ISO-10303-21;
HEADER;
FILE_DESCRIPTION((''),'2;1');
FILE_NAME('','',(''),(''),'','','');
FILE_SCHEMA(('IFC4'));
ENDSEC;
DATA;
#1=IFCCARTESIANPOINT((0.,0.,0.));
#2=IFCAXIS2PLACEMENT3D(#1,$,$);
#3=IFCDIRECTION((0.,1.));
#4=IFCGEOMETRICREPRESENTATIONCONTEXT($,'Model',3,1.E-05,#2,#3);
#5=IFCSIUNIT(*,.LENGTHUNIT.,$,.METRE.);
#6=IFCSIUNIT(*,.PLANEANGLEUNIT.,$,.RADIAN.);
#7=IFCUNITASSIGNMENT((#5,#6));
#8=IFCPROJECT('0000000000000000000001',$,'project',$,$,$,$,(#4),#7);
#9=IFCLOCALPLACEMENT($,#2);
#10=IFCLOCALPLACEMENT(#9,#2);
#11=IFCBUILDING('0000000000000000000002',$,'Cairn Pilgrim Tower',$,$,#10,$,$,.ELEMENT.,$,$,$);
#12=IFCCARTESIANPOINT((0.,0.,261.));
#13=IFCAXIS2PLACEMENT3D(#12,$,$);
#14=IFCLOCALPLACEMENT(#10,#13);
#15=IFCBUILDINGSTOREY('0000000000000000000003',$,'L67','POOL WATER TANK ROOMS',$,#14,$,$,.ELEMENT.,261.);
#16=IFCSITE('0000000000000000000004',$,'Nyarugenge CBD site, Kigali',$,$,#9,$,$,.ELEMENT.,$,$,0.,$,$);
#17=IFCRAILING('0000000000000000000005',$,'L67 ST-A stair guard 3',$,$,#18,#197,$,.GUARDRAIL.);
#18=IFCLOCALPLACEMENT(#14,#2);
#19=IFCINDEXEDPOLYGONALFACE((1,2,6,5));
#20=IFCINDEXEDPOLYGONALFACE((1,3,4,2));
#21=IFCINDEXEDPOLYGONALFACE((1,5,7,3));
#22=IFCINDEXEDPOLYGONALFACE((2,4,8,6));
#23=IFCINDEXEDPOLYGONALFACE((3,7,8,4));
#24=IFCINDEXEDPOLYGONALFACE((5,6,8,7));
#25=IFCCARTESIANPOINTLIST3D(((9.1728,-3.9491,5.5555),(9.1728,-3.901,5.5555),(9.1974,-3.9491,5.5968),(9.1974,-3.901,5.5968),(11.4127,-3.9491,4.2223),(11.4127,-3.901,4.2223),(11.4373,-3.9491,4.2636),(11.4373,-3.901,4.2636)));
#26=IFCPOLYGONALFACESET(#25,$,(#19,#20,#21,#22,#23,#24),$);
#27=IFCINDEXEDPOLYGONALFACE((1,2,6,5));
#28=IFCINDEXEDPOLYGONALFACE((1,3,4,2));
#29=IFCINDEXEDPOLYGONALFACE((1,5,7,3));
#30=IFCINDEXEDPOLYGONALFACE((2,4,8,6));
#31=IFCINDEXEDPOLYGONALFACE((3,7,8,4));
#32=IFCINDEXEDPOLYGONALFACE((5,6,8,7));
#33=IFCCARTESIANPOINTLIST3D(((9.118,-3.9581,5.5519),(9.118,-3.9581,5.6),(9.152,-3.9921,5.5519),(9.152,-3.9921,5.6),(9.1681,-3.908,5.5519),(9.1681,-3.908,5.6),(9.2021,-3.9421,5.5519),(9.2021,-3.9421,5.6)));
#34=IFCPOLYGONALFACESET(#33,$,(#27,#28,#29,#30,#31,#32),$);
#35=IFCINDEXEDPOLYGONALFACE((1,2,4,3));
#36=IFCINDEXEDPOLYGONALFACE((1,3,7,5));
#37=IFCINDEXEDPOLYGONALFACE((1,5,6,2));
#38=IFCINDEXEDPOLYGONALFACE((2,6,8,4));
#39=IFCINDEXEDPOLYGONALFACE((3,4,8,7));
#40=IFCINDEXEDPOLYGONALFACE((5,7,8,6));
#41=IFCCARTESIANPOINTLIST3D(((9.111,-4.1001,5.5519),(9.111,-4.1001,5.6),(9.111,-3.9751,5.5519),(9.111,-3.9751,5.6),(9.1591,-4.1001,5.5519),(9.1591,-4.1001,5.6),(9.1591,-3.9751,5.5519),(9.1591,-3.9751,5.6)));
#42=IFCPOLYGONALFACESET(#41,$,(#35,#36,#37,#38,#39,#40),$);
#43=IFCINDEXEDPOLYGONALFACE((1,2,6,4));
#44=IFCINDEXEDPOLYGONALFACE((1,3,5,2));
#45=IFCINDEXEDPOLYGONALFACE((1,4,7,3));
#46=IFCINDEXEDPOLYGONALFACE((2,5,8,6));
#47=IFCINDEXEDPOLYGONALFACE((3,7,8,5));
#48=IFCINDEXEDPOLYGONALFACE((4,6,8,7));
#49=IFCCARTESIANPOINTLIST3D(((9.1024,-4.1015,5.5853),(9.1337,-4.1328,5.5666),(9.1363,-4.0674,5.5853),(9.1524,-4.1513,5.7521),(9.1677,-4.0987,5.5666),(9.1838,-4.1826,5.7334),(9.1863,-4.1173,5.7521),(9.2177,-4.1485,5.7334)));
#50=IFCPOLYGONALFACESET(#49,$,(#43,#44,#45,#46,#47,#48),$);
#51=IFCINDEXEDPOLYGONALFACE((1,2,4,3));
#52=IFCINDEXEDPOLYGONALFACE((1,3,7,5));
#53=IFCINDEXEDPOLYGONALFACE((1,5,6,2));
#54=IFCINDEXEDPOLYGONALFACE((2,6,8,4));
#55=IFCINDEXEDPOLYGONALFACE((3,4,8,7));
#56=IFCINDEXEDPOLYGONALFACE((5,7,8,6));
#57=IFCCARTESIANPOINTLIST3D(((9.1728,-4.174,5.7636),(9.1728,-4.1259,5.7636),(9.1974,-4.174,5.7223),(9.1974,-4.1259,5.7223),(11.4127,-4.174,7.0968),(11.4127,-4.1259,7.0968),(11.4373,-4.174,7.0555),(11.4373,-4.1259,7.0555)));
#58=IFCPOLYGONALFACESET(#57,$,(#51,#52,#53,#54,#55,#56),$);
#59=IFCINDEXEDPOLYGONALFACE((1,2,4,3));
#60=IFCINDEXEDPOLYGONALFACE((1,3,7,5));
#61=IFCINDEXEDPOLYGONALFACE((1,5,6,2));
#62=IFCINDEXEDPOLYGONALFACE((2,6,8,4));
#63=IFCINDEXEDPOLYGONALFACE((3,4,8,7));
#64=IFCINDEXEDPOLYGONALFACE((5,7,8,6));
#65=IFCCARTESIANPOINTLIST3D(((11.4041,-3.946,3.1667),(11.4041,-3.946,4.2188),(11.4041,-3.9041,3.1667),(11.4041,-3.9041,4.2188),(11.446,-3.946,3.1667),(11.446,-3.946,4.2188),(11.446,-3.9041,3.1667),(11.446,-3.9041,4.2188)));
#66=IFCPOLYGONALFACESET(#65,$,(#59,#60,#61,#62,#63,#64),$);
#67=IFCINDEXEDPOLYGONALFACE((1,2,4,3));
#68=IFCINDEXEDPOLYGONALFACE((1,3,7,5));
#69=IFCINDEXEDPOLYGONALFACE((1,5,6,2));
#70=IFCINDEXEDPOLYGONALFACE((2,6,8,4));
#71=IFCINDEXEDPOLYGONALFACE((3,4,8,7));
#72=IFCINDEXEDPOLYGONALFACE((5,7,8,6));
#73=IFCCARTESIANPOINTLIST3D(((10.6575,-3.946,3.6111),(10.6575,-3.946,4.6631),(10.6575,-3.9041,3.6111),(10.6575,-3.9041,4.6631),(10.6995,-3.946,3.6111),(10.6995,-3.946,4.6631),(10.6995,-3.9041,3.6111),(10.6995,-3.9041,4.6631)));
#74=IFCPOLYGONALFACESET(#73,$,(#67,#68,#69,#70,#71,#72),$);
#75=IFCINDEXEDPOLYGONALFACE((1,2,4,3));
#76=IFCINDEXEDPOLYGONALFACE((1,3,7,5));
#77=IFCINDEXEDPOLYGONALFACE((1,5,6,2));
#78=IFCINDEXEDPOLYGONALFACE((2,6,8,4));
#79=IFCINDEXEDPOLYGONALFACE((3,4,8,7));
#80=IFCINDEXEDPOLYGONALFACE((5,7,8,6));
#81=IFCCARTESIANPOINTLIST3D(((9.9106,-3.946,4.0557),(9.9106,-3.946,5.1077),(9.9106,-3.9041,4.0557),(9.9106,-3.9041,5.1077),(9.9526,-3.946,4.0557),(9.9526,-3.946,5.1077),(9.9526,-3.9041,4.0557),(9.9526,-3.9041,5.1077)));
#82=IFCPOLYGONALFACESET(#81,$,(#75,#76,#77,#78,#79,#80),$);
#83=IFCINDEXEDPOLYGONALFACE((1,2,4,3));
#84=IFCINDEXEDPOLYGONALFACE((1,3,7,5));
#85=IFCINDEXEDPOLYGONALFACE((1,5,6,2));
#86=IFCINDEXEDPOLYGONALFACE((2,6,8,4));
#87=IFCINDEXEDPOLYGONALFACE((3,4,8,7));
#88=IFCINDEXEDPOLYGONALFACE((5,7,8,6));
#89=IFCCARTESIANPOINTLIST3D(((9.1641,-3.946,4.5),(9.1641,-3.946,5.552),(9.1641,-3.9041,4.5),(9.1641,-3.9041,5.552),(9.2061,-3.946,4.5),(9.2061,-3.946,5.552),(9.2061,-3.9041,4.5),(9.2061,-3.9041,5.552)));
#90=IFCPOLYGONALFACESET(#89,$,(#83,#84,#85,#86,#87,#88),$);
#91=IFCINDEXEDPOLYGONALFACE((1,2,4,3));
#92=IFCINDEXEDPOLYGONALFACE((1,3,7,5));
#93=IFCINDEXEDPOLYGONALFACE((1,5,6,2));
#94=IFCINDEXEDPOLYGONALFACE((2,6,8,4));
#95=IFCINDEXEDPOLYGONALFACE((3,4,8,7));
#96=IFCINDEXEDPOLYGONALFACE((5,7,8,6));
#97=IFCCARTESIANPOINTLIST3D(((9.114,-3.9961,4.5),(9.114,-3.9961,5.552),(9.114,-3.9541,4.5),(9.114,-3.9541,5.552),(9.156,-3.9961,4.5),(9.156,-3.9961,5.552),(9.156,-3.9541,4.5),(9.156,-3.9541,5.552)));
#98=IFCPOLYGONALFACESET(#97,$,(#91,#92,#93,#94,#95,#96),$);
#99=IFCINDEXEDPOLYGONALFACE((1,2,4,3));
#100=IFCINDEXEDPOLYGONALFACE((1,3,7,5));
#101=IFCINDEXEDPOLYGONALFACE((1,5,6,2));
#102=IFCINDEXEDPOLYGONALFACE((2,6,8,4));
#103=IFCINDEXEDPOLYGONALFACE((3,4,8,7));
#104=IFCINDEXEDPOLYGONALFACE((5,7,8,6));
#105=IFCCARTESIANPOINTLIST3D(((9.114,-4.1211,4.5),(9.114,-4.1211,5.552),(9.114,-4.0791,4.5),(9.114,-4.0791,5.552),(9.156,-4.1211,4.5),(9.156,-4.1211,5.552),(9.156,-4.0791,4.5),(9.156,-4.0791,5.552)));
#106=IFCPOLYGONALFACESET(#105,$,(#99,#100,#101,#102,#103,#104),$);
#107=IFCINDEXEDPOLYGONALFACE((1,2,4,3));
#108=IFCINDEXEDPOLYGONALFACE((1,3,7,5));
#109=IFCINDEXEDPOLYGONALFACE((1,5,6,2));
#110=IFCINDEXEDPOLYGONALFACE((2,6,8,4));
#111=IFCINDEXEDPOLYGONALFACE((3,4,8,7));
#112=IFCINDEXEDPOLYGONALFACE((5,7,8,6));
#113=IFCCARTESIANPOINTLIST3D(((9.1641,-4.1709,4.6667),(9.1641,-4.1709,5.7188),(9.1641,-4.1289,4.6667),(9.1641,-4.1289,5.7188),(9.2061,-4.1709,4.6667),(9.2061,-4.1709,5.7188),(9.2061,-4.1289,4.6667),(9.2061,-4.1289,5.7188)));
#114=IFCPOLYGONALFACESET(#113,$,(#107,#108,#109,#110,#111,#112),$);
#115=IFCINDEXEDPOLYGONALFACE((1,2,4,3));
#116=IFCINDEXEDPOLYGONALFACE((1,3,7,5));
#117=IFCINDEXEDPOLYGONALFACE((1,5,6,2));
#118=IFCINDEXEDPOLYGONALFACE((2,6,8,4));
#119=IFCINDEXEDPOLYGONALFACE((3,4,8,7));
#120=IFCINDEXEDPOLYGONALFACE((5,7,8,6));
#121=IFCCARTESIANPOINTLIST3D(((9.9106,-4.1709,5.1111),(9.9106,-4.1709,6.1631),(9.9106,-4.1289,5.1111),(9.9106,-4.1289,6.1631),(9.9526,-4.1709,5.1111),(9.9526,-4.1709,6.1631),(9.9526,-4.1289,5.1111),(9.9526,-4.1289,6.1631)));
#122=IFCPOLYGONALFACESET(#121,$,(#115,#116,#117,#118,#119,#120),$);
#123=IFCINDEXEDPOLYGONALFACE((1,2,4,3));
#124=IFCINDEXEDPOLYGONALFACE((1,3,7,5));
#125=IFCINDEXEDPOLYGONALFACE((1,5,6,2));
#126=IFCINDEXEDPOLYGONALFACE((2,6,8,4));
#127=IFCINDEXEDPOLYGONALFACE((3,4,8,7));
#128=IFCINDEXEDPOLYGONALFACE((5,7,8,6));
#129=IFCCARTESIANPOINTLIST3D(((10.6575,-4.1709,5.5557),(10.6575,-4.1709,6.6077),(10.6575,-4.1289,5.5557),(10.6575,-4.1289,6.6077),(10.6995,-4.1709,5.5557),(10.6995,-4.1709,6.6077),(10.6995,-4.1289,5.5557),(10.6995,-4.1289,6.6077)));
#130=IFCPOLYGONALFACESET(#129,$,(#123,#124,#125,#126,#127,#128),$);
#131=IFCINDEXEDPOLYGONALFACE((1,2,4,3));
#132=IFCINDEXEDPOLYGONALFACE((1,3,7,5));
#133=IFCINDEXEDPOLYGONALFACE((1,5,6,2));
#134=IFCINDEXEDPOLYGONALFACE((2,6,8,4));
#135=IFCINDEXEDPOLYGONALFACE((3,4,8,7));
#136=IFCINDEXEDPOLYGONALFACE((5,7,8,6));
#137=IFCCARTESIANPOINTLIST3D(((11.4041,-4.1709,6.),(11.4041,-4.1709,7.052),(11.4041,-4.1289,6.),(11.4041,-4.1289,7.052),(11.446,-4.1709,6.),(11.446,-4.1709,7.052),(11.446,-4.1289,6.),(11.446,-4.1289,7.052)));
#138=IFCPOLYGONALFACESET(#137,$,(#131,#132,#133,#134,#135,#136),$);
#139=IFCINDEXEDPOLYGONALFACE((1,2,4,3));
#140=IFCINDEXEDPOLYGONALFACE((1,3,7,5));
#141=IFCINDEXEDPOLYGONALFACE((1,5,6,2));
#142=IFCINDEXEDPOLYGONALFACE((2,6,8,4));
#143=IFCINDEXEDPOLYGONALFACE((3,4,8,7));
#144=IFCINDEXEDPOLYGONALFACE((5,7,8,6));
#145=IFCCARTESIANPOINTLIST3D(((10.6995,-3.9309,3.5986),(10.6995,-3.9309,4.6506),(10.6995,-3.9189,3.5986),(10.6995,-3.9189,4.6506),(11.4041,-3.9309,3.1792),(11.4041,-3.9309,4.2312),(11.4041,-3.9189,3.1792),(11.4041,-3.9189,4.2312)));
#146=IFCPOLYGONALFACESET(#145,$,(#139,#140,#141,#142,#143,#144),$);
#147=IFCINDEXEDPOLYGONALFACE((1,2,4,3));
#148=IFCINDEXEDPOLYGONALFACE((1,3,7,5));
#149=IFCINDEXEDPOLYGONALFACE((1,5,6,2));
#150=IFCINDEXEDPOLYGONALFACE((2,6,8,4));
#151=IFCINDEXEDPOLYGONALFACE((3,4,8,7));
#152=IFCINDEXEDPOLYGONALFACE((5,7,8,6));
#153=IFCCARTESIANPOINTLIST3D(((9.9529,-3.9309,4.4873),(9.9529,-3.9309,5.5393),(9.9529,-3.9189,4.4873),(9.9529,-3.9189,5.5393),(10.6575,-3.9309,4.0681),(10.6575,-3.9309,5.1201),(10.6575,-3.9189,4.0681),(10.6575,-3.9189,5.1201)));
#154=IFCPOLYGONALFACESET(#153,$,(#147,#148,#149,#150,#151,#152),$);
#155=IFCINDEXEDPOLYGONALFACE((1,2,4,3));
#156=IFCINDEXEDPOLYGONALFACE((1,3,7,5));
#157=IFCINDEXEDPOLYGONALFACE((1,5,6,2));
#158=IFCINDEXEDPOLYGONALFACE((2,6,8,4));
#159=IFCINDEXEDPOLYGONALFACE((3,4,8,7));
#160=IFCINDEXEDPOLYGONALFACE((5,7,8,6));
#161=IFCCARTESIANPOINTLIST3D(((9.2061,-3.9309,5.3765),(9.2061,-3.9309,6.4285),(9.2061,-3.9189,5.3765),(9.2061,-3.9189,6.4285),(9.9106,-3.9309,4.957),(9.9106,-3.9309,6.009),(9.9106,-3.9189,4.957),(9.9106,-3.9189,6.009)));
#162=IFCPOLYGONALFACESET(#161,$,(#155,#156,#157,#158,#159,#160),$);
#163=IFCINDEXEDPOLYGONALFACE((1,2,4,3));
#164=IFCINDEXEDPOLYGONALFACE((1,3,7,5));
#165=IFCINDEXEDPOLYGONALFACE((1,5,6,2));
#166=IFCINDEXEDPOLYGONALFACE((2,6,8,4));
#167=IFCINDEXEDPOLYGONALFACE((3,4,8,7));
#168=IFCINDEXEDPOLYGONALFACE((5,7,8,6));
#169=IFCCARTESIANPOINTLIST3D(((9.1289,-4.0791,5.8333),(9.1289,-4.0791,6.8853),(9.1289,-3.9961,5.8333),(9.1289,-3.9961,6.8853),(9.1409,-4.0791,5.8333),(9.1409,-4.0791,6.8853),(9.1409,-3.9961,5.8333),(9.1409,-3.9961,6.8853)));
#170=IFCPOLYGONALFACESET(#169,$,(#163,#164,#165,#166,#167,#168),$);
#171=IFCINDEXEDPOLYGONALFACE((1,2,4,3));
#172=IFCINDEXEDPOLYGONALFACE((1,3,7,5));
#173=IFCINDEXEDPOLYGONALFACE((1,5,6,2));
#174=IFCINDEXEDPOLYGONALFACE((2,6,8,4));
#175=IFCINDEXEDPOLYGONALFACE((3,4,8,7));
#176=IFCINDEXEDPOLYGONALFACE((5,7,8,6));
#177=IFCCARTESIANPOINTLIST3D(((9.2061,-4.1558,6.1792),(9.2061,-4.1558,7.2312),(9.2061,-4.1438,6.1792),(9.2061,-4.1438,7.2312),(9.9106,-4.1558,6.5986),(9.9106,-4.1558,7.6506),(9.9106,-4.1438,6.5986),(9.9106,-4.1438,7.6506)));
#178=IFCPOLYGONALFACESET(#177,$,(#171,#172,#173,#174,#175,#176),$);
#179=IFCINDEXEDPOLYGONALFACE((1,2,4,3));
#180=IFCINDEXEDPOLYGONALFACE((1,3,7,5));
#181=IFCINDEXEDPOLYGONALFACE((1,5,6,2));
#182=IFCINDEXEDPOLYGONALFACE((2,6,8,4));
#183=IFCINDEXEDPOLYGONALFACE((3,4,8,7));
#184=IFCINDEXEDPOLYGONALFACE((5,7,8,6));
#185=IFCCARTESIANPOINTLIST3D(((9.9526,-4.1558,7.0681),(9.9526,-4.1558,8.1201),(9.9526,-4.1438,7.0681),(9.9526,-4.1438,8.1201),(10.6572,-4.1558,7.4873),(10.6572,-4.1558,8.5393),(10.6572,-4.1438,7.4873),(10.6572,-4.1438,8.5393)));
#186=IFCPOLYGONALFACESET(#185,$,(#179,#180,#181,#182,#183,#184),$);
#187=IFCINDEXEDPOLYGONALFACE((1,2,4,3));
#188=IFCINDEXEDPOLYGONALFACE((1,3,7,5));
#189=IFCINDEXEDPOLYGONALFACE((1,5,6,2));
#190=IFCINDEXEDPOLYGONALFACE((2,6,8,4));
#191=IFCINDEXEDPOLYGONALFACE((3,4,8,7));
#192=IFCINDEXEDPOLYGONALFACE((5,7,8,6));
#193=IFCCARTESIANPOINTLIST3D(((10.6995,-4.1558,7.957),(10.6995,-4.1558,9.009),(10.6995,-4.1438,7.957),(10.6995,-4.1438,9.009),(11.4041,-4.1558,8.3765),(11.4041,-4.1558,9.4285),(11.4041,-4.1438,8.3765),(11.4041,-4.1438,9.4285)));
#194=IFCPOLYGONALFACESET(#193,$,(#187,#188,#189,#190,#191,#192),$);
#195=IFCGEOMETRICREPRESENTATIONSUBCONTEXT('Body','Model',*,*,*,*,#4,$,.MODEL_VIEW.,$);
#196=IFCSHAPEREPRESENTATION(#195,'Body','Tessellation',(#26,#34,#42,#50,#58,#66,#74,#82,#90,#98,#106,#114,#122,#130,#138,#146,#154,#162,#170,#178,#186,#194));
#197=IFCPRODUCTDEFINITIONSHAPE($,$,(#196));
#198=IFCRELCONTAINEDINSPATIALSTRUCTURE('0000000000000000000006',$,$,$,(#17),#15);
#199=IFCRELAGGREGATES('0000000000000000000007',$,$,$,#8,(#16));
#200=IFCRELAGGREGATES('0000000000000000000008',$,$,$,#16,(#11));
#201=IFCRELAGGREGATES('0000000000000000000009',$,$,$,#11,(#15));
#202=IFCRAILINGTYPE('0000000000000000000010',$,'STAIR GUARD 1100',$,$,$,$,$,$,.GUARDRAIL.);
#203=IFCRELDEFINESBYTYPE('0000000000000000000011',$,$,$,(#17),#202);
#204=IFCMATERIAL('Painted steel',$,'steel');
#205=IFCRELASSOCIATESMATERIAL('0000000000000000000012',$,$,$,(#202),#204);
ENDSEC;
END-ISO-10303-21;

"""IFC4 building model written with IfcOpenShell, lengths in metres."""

from ifc_helpers import new_model, si_unit, direction, frame, origin, origin_2d, place, context, subcontext, project, spatial, polyline, rectangle, outline, extrude, material, type_object, element, save


model = new_model("IFC4")

# Units and contexts
model_context = context("Model", 3, precision=1e-05, world=origin(), true_north=direction((0.0, 1.0)))
body_context = subcontext(model_context, "Body", "Model", "MODEL_VIEW")
ifc_project = project(units=[si_unit("LENGTHUNIT", "METRE"), si_unit("PLANEANGLEUNIT", "RADIAN")], contexts=[model_context])

# Site, building, storey
site_placement = place(None, origin())
site = spatial("IfcSite", under=ifc_project, at=site_placement, Name="Nyarugenge CBD site, Kigali", CompositionType="ELEMENT", RefElevation=0.0)
building_placement = place(site_placement, origin())
building = spatial("IfcBuilding", under=site, at=building_placement, Name="Cairn Pilgrim Tower", CompositionType="ELEMENT")
storey_placement = place(building_placement, frame((0.0, 0.0, 261.0)))
storey = spatial("IfcBuildingStorey", under=building, at=storey_placement, Name="L67", Description="POOL WATER TANK ROOMS", CompositionType="ELEMENT", Elevation=261.0)

# Shared definitions
ifc_material_1 = material(Name="Painted steel", Category="steel")

# Railing
railing_type_1 = type_object("IfcRailingType", Name="STAIR GUARD 1100", PredefinedType="GUARDRAIL", material=ifc_material_1)
railing_1_placement = place(storey_placement, frame((11.425, -3.925, 3.1667)))
element("IfcRailing", 1, at=railing_1_placement, inside=storey, type_object=railing_type_1, Name="L67 ST-A stair guard 3", PredefinedType="GUARDRAIL", context=body_context, shape_type="SweptSolid", body=[
    extrude(rectangle(XDim=0.0481, YDim=0.0481, at=origin_2d()), frame((0.0, 0.0, 1.0762), z_axis=(-0.859306, 0.0, 0.511462), x_axis=(0.0, -1.0, 0.0)), (0.0, 0.0, 1.0), 2.6067),
    extrude(rectangle(XDim=0.0481, YDim=0.0481, at=origin_2d()), frame((-2.24, 0.0, 2.4092), z_axis=(-0.707107, -0.707107, 0.0), x_axis=(0.707107, -0.707107, 0.0)), (0.0, 0.0, 1.0), 0.0708),
    extrude(rectangle(XDim=0.0481, YDim=0.0481, at=origin_2d()), frame((-2.29, -0.05, 2.4092), z_axis=(0.0, -1.0, 0.0), x_axis=(1.0, 0.0, 0.0)), (0.0, 0.0, 1.0), 0.125),
    extrude(rectangle(XDim=0.0481, YDim=0.0481, at=origin_2d()), frame((-2.29, -0.175, 2.4092), z_axis=(0.276389, -0.275041, 0.920848), x_axis=(0.705376, 0.708834, 0.0)), (0.0, 0.0, 1.0), 0.1812),
    extrude(rectangle(XDim=0.0481, YDim=0.0481, at=origin_2d()), frame((-2.24, -0.2249, 2.5762), z_axis=(0.859306, 0.0, 0.511462), x_axis=(0.0, 1.0, 0.0)), (0.0, 0.0, 1.0), 2.6067),
    extrude(rectangle(XDim=0.042, YDim=0.042, at=origin_2d()), origin(), (0.0, 0.0, 1.0), 1.052),
    extrude(rectangle(XDim=0.042, YDim=0.042, at=origin_2d()), frame((-0.7466, 0.0, 0.4443)), (0.0, 0.0, 1.0), 1.052),
    extrude(rectangle(XDim=0.042, YDim=0.042, at=origin_2d()), frame((-1.4934, 0.0, 0.8889)), (0.0, 0.0, 1.0), 1.052),
    extrude(rectangle(XDim=0.042, YDim=0.042, at=origin_2d()), frame((-2.24, 0.0, 1.3333)), (0.0, 0.0, 1.0), 1.052),
    extrude(rectangle(XDim=0.042, YDim=0.042, at=origin_2d()), frame((-2.29, -0.05, 1.3333)), (0.0, 0.0, 1.0), 1.052),
    extrude(rectangle(XDim=0.042, YDim=0.042, at=origin_2d()), frame((-2.29, -0.175, 1.3333)), (0.0, 0.0, 1.0), 1.052),
    extrude(rectangle(XDim=0.042, YDim=0.042, at=origin_2d()), frame((-2.24, -0.2249, 1.5)), (0.0, 0.0, 1.0), 1.052),
    extrude(rectangle(XDim=0.042, YDim=0.042, at=origin_2d()), frame((-1.4934, -0.2249, 1.9443)), (0.0, 0.0, 1.0), 1.052),
    extrude(rectangle(XDim=0.042, YDim=0.042, at=origin_2d()), frame((-0.7466, -0.2249, 2.3889)), (0.0, 0.0, 1.0), 1.052),
    extrude(rectangle(XDim=0.042, YDim=0.042, at=origin_2d()), frame((0.0, -0.2249, 2.8333)), (0.0, 0.0, 1.0), 1.052),
    extrude(outline(polyline([(0.021, 0.0125), (0.7256, 0.4319), (0.7256, 1.4839), (0.021, 1.0645), (0.021, 0.0125)])), frame((0.0, -0.0059, 0.0), z_axis=(0.0, 1.0, 0.0), x_axis=(-1.0, 0.0, 0.0)), (0.0, 0.0, 1.0), 0.012),
    extrude(outline(polyline([(0.021, 0.457), (0.7256, 0.8762), (0.7256, 1.9282), (0.021, 1.509), (0.021, 0.457)])), frame((-0.7466, -0.0059, 0.4443), z_axis=(0.0, 1.0, 0.0), x_axis=(-1.0, 0.0, 0.0)), (0.0, 0.0, 1.0), 0.012),
    extrude(outline(polyline([(0.021, 0.9014), (0.7256, 1.3208), (0.7256, 2.3728), (0.021, 1.9534), (0.021, 0.9014)])), frame((-1.4934, -0.0059, 0.8889), z_axis=(0.0, 1.0, 0.0), x_axis=(-1.0, 0.0, 0.0)), (0.0, 0.0, 1.0), 0.012),
    extrude(outline(polyline([(0.021, 1.3333), (0.104, 1.3333), (0.104, 2.3853), (0.021, 2.3853), (0.021, 1.3333)])), frame((-2.2842, -0.05, 1.3333), z_axis=(-1.0, 0.0, 0.0), x_axis=(0.0, -1.0, 0.0)), (0.0, 0.0, 1.0), 0.012),
    extrude(outline(polyline([(0.021, 1.5125), (0.7256, 1.9319), (0.7256, 2.9839), (0.021, 2.5645), (0.021, 1.5125)])), frame((-2.24, -0.2188, 1.5), z_axis=(0.0, -1.0, 0.0), x_axis=(1.0, 0.0, 0.0)), (0.0, 0.0, 1.0), 0.012),
    extrude(outline(polyline([(0.021, 1.957), (0.7256, 2.3762), (0.7256, 3.4282), (0.021, 3.009), (0.021, 1.957)])), frame((-1.4934, -0.2188, 1.9443), z_axis=(0.0, -1.0, 0.0), x_axis=(1.0, 0.0, 0.0)), (0.0, 0.0, 1.0), 0.012),
    extrude(outline(polyline([(0.021, 2.4014), (0.7256, 2.8208), (0.7256, 3.8728), (0.021, 3.4534), (0.021, 2.4014)])), frame((-0.7466, -0.2188, 2.3889), z_axis=(0.0, -1.0, 0.0), x_axis=(1.0, 0.0, 0.0)), (0.0, 0.0, 1.0), 0.012),
])

save(model, "model.ifc")
